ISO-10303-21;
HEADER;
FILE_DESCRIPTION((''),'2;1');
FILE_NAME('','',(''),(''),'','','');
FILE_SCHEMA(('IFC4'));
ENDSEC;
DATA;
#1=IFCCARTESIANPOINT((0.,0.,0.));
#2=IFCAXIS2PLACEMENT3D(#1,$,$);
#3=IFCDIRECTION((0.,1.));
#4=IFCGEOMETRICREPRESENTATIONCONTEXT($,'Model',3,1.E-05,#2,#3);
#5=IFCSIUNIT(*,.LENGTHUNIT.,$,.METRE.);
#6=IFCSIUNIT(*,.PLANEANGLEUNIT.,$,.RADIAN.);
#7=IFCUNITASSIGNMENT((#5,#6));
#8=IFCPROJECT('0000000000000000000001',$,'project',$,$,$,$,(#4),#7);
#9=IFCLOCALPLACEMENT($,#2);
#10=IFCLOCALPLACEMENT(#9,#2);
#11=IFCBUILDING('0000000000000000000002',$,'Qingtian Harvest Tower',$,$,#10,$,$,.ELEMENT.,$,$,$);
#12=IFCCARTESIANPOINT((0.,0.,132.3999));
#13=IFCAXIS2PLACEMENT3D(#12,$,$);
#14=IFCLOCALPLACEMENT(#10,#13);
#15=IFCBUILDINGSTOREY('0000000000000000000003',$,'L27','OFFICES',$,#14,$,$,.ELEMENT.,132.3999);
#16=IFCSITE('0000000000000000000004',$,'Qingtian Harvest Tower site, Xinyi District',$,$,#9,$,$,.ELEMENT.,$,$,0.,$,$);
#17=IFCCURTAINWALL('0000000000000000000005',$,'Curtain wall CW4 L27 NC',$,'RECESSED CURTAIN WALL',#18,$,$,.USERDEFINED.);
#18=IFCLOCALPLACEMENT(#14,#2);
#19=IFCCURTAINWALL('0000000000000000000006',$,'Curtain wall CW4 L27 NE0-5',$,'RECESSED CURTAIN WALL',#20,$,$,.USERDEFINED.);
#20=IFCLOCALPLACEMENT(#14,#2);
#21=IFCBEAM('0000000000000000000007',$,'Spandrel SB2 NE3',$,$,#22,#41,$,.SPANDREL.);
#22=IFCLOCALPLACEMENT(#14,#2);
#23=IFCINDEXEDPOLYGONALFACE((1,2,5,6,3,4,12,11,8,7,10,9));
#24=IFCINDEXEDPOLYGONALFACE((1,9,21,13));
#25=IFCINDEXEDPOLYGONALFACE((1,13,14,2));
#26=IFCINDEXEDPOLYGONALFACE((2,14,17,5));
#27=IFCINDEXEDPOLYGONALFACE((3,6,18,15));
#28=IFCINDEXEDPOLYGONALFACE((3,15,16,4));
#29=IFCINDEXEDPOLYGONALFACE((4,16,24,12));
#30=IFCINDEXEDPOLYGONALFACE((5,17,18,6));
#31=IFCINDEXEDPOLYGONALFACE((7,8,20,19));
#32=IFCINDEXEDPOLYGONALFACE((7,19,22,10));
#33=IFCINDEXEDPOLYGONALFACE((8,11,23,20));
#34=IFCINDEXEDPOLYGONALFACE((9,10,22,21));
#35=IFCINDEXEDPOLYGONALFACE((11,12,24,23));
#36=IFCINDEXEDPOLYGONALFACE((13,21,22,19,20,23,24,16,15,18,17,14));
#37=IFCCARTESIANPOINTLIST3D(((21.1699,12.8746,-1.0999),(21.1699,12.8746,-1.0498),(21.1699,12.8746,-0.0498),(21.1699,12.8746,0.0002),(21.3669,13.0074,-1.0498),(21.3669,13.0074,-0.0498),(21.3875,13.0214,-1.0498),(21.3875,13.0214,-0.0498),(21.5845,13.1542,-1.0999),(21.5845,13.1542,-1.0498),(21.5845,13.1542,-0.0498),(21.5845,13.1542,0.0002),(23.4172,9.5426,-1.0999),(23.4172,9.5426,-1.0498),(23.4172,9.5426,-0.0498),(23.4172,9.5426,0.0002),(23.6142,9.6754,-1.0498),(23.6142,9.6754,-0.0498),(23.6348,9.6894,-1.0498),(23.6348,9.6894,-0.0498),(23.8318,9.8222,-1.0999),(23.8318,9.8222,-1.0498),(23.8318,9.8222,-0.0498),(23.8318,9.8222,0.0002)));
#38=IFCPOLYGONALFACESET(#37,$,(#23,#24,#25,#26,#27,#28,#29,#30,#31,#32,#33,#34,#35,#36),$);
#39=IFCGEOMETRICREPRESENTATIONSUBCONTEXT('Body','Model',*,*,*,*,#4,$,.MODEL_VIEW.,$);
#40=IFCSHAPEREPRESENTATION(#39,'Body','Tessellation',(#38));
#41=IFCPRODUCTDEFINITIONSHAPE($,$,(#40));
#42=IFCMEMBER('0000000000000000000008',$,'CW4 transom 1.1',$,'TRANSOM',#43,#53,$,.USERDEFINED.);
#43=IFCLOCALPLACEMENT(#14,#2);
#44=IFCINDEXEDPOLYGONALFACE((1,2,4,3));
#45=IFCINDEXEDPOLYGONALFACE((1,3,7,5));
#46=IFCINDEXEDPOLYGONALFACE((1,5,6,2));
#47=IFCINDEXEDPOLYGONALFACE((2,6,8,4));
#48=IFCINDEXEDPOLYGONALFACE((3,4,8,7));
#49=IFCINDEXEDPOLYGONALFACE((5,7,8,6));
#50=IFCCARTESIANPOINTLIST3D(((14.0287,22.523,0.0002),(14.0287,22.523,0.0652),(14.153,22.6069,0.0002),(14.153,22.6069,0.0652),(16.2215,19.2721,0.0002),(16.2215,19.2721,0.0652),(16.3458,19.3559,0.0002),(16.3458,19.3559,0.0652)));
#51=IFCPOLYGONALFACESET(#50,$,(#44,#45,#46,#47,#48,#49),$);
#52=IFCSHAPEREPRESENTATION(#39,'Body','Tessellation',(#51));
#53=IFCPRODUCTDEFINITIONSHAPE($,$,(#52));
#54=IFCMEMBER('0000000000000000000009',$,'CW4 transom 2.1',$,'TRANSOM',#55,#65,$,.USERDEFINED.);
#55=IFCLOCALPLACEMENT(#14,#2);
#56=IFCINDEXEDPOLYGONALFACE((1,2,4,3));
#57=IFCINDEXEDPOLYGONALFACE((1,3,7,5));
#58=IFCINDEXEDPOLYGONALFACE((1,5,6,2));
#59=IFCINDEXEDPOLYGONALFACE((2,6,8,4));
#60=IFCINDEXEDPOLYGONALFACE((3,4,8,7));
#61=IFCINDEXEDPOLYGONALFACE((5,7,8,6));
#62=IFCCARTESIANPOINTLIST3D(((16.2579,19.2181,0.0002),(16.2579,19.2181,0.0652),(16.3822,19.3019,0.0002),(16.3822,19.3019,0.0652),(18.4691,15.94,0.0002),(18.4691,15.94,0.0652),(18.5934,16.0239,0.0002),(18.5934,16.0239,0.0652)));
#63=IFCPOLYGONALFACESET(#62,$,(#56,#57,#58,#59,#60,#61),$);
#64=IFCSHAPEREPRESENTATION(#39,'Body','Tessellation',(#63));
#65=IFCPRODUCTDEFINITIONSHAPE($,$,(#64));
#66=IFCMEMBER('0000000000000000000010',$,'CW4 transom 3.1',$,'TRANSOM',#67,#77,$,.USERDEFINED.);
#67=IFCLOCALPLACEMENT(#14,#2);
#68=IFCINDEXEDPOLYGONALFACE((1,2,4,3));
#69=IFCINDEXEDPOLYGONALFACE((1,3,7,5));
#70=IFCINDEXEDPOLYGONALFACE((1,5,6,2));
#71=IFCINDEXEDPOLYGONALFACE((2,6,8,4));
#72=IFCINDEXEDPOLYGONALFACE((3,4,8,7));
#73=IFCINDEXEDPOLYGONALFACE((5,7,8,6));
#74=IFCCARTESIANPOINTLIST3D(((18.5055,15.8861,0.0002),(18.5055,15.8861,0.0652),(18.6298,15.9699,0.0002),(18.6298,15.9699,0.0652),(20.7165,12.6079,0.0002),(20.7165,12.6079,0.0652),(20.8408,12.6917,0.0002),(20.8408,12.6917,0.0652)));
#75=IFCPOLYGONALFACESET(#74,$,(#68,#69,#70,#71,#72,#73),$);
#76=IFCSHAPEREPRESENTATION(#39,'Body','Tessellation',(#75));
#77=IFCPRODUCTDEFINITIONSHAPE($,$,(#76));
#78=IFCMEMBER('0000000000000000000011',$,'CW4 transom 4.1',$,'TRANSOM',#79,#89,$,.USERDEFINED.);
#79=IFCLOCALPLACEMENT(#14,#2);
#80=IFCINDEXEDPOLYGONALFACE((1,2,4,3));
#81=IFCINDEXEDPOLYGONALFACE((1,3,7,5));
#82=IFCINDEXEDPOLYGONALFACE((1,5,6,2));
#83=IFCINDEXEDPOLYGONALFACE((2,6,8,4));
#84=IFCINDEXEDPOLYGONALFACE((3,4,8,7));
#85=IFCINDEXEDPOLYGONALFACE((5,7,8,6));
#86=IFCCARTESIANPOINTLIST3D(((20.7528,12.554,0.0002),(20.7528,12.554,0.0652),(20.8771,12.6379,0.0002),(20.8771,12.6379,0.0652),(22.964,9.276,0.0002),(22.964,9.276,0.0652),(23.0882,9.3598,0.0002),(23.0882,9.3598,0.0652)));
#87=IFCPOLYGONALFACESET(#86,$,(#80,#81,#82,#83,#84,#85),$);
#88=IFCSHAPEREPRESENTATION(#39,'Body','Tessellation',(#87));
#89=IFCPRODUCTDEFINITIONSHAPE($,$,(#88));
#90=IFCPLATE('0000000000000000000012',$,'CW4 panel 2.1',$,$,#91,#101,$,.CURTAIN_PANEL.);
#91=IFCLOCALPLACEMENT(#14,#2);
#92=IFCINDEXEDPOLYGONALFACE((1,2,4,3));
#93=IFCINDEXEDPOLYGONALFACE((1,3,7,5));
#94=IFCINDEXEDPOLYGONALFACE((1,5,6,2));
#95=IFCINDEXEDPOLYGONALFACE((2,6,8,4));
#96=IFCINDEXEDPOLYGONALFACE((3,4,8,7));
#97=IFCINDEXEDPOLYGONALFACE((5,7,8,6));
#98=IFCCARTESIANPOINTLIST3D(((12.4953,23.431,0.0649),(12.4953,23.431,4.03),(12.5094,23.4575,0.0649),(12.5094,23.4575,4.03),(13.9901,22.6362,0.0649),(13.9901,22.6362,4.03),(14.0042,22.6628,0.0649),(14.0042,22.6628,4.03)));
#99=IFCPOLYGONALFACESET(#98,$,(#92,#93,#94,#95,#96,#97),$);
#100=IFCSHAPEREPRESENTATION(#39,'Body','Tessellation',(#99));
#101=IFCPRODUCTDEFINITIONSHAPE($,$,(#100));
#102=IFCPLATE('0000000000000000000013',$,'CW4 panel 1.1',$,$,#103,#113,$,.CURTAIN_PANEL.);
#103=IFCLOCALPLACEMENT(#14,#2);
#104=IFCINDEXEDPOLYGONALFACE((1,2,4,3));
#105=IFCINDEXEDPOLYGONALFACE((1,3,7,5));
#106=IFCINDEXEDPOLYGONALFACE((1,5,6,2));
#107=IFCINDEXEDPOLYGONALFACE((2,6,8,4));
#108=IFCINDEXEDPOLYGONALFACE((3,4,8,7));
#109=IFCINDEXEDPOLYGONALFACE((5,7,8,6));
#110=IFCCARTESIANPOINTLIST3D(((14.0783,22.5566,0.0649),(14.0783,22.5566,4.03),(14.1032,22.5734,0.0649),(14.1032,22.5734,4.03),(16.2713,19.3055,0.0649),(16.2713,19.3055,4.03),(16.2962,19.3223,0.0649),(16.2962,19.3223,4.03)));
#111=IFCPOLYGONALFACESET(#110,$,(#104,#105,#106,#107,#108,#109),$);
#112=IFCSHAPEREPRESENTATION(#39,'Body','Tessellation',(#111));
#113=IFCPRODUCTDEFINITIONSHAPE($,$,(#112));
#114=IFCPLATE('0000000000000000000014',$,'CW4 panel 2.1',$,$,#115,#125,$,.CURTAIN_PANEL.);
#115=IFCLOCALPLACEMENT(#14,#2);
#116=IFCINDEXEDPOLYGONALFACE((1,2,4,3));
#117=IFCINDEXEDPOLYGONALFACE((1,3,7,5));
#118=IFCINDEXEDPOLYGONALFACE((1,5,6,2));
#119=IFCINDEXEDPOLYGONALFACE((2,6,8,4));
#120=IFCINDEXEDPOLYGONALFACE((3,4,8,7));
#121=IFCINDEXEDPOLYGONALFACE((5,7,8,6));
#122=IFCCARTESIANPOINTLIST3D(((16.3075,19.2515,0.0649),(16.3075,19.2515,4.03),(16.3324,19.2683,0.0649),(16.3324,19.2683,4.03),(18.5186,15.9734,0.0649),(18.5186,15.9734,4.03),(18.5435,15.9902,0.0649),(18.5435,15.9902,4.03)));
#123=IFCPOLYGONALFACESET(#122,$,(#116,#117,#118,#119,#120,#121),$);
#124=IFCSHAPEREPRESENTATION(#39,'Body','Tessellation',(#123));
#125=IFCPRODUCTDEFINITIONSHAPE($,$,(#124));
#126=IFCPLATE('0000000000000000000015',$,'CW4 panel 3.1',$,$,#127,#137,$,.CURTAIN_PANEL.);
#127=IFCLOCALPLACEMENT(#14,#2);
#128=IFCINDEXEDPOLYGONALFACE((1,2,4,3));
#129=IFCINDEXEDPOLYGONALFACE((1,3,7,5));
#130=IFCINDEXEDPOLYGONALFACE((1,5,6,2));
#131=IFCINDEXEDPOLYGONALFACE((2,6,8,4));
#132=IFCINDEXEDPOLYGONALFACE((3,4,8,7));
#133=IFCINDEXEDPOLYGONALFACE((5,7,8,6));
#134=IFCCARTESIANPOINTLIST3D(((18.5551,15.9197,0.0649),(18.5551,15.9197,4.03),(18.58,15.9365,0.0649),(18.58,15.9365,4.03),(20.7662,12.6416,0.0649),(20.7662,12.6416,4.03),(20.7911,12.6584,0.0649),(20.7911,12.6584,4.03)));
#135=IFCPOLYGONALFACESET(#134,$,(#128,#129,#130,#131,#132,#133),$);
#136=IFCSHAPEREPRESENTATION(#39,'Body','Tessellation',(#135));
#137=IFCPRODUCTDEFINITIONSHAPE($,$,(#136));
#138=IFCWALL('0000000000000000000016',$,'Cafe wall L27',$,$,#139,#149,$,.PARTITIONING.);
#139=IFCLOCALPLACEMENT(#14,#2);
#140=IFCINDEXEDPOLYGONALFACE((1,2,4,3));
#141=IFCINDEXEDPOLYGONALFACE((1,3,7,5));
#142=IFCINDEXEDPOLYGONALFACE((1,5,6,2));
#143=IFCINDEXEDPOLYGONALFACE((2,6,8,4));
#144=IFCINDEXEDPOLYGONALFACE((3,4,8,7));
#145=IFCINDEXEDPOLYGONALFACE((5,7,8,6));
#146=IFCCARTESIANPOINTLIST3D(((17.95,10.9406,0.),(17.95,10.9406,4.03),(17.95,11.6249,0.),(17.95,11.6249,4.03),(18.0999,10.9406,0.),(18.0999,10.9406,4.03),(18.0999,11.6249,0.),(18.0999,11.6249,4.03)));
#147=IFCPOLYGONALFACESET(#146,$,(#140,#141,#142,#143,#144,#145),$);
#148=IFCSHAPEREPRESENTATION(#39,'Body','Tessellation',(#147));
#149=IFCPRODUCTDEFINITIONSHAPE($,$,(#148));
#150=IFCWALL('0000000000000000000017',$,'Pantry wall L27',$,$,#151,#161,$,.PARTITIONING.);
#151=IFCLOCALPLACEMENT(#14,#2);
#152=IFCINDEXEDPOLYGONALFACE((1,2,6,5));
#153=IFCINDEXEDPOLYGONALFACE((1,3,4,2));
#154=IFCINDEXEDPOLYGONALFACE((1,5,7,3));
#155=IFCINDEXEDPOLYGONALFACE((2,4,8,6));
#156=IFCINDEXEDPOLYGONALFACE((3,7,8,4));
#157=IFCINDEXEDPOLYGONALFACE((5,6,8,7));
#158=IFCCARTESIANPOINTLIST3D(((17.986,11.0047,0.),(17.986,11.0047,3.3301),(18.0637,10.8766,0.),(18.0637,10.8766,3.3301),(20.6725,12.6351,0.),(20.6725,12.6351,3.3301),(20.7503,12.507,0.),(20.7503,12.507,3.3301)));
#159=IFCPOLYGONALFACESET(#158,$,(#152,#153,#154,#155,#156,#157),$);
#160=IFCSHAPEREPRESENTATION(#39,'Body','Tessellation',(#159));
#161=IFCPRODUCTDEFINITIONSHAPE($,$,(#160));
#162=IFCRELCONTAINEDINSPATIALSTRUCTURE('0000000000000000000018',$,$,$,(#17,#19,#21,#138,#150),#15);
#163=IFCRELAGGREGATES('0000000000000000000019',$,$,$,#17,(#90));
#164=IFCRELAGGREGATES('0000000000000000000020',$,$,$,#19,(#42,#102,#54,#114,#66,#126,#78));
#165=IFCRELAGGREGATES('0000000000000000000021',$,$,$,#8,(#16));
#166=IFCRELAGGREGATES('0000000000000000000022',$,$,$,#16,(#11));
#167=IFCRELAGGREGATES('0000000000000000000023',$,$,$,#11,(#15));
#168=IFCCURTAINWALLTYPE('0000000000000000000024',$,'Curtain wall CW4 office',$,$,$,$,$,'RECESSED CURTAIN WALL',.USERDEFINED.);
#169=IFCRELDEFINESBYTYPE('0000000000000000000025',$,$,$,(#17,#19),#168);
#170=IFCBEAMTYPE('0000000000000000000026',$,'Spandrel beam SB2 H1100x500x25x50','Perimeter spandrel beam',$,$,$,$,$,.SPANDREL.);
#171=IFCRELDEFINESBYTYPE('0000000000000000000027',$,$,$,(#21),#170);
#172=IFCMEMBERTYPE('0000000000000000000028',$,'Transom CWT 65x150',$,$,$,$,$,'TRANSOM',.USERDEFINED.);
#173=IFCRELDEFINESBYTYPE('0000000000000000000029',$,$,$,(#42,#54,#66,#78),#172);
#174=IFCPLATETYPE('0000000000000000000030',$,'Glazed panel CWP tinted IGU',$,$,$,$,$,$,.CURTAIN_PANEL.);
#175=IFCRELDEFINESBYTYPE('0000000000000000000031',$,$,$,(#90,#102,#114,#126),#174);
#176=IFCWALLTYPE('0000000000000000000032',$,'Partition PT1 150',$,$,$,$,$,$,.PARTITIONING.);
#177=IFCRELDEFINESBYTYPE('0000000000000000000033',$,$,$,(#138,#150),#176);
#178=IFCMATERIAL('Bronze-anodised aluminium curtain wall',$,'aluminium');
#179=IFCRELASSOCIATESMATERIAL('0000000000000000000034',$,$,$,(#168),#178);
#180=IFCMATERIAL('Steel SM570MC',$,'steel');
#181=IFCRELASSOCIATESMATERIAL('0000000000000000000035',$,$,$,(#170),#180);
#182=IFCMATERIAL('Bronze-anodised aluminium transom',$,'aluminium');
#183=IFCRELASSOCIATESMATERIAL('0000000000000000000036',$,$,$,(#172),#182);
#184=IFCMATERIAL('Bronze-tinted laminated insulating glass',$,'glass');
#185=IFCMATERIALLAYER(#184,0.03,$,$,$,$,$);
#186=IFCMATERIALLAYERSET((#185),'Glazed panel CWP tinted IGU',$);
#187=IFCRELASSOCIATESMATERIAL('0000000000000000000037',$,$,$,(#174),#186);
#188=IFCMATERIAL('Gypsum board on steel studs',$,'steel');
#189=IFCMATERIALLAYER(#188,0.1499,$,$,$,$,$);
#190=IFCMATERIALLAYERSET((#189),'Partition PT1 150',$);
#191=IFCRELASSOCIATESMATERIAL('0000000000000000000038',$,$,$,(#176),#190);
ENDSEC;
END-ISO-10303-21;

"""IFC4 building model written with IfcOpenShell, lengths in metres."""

from ifc_helpers import new_model, si_unit, direction, frame, frame_2d, origin, origin_2d, place, context, subcontext, project, spatial, rectangle, i_section, extrude, material, layer, layer_set, material_profile, profile_set, type_object, element, aggregate, save


model = new_model("IFC4")

# Units and contexts
model_context = context("Model", 3, precision=1e-05, world=origin(), true_north=direction((0.0, 1.0)))
body_context = subcontext(model_context, "Body", "Model", "MODEL_VIEW")
ifc_project = project(units=[si_unit("LENGTHUNIT", "METRE"), si_unit("PLANEANGLEUNIT", "RADIAN")], contexts=[model_context])

# Site, building, storey
site_placement = place(None, origin())
site = spatial("IfcSite", under=ifc_project, at=site_placement, Name="Qingtian Harvest Tower site, Xinyi District", CompositionType="ELEMENT", RefElevation=0.0)
building_placement = place(site_placement, origin())
building = spatial("IfcBuilding", under=site, at=building_placement, Name="Qingtian Harvest Tower", CompositionType="ELEMENT")
storey_placement = place(building_placement, frame((0.0, 0.0, 132.3999)))
storey = spatial("IfcBuildingStorey", under=building, at=storey_placement, Name="L27", Description="OFFICES", CompositionType="ELEMENT", Elevation=132.3999)

# Curtain wall
ifc_material_1 = material(Name="Bronze-anodised aluminium curtain wall", Category="aluminium")
curtain_wall_type = type_object("IfcCurtainWallType", Name="Curtain wall CW4 office", ElementType="RECESSED CURTAIN WALL", PredefinedType="USERDEFINED", material=ifc_material_1)
curtain_wall_1_placement = place(storey_placement, origin())
curtain_wall_1 = element("IfcCurtainWall", 1, at=curtain_wall_1_placement, inside=storey, type_object=curtain_wall_type, Name="Curtain wall CW4 L27 NC", ObjectType="RECESSED CURTAIN WALL", PredefinedType="USERDEFINED")

# Curtain wall
curtain_wall_2_placement = place(storey_placement, origin())
curtain_wall_2 = element("IfcCurtainWall", 2, at=curtain_wall_2_placement, inside=storey, type_object=curtain_wall_type, Name="Curtain wall CW4 L27 NE0-5", ObjectType="RECESSED CURTAIN WALL", PredefinedType="USERDEFINED")

# Beam
ifc_material_2 = material(Name="Steel SM570MC", Category="steel")
ifc_material_profile_1 = material_profile(ifc_material_2, i_section(OverallWidth=0.5, OverallDepth=1.1001, WebThickness=0.0249, FlangeThickness=0.05, at=origin_2d()), Name="H1100x500x25x50")
ifc_profile_set_1 = profile_set([ifc_material_profile_1], Name="Steel SM570MC")
beam_type_1 = type_object("IfcBeamType", Name="Spandrel beam SB2 H1100x500x25x50", Description="Perimeter spandrel beam", PredefinedType="SPANDREL", material=ifc_profile_set_1)
beam_1_placement = place(storey_placement, frame((21.3772, 13.0144, -0.5498), z_axis=(0.559164, -0.829057, 0.0), x_axis=(0.829057, 0.559164, 0.0)))
element("IfcBeam", 3, at=beam_1_placement, inside=storey, type_object=beam_type_1, Name="Spandrel SB2 NE3", PredefinedType="SPANDREL", context=body_context, shape_type="SweptSolid", body=[
    extrude(i_section(OverallWidth=0.5, OverallDepth=1.1001, WebThickness=0.0249, FlangeThickness=0.05, at=origin_2d()), origin(), (0.0, 0.0, 1.0), 4.019),
])

# Members
ifc_material_3 = material(Name="Bronze-anodised aluminium transom", Category="aluminium")
ifc_material_profile_2 = material_profile(ifc_material_3, rectangle(XDim=0.1499, YDim=0.0649, at=origin_2d()), Name="AL 65x150")
ifc_profile_set_2 = profile_set([ifc_material_profile_2], Name="Bronze-anodised aluminium transom")
member_type_1 = type_object("IfcMemberType", Name="Transom CWT 65x150", ElementType="TRANSOM", PredefinedType="USERDEFINED", material=ifc_profile_set_2)
member_1_placement = place(storey_placement, frame((14.0908, 22.5649, 0.0327), z_axis=(0.559203, -0.829031, 0.0), x_axis=(0.829031, 0.559203, 0.0)))
member_1 = element("IfcMember", 4, at=member_1_placement, type_object=member_type_1, Name="CW4 transom 1.1", ObjectType="TRANSOM", PredefinedType="USERDEFINED", context=body_context, shape_type="SweptSolid", body=[
    extrude(rectangle(XDim=0.1499, YDim=0.0649, at=origin_2d()), origin(), (0.0, 0.0, 1.0), 3.9214),
])
member_2_placement = place(storey_placement, frame((16.3201, 19.26, 0.0327), z_axis=(0.559209, -0.829027, 0.0), x_axis=(0.829027, 0.559209, 0.0)))
member_2 = element("IfcMember", 5, at=member_2_placement, type_object=member_type_1, Name="CW4 transom 2.1", ObjectType="TRANSOM", PredefinedType="USERDEFINED", context=body_context, shape_type="SweptSolid", body=[
    extrude(rectangle(XDim=0.1499, YDim=0.0649, at=origin_2d()), origin(), (0.0, 0.0, 1.0), 3.9541),
])
member_3_placement = place(storey_placement, frame((18.5676, 15.928, 0.0327), z_axis=(0.559166, -0.829055, 0.0), x_axis=(0.829055, 0.559166, 0.0)))
member_3 = element("IfcMember", 6, at=member_3_placement, type_object=member_type_1, Name="CW4 transom 3.1", ObjectType="TRANSOM", PredefinedType="USERDEFINED", context=body_context, shape_type="SweptSolid", body=[
    extrude(rectangle(XDim=0.1499, YDim=0.0649, at=origin_2d()), origin(), (0.0, 0.0, 1.0), 3.9541),
])
member_4_placement = place(storey_placement, frame((20.8149, 12.5959, 0.0327), z_axis=(0.559209, -0.829027, 0.0), x_axis=(0.829027, 0.559209, 0.0)))
member_4 = element("IfcMember", 7, at=member_4_placement, type_object=member_type_1, Name="CW4 transom 4.1", ObjectType="TRANSOM", PredefinedType="USERDEFINED", context=body_context, shape_type="SweptSolid", body=[
    extrude(rectangle(XDim=0.1499, YDim=0.0649, at=origin_2d()), origin(), (0.0, 0.0, 1.0), 3.9541),
])

# Plates
ifc_material_4 = material(Name="Bronze-tinted laminated insulating glass", Category="glass")
ifc_layer_1 = layer(ifc_material_4, 0.03)
ifc_layer_set_1 = layer_set([ifc_layer_1], Name="Glazed panel CWP tinted IGU")
plate_type = type_object("IfcPlateType", Name="Glazed panel CWP tinted IGU", PredefinedType="CURTAIN_PANEL", material=ifc_layer_set_1)
plate_1_placement = place(storey_placement, frame((13.2498, 23.0469, 0.0649), z_axis=(0.0, 0.0, 1.0), x_axis=(0.882948, -0.469472, 0.0)))
plate_1 = element("IfcPlate", 8, at=plate_1_placement, type_object=plate_type, Name="CW4 panel 2.1", PredefinedType="CURTAIN_PANEL", context=body_context, shape_type="SweptSolid", body=[
    extrude(rectangle(XDim=1.6929, YDim=0.03, at=origin_2d()), origin(), (0.0, 0.0, 1.0), 3.9651),
])
aggregate(curtain_wall_1, [plate_1])
plate_2_placement = place(storey_placement, frame((15.1873, 20.9395, 0.0649), z_axis=(0.0, 0.0, 1.0), x_axis=(0.559193, -0.829038, 0.0)))
plate_2 = element("IfcPlate", 9, at=plate_2_placement, type_object=plate_type, Name="CW4 panel 1.1", PredefinedType="CURTAIN_PANEL", context=body_context, shape_type="SweptSolid", body=[
    extrude(rectangle(XDim=3.9216, YDim=0.03, at=origin_2d()), origin(), (0.0, 0.0, 1.0), 3.9651),
])
plate_3_placement = place(storey_placement, frame((17.4255, 17.6208, 0.0649), z_axis=(0.0, 0.0, 1.0), x_axis=(0.559193, -0.829038, 0.0)))
plate_3 = element("IfcPlate", 10, at=plate_3_placement, type_object=plate_type, Name="CW4 panel 2.1", PredefinedType="CURTAIN_PANEL", context=body_context, shape_type="SweptSolid", body=[
    extrude(rectangle(XDim=3.9541, YDim=0.03, at=origin_2d()), origin(), (0.0, 0.0, 1.0), 3.9651),
])
plate_4_placement = place(storey_placement, frame((19.6731, 14.2891, 0.0649), z_axis=(0.0, 0.0, 1.0), x_axis=(0.559193, -0.829038, 0.0)))
plate_4 = element("IfcPlate", 11, at=plate_4_placement, type_object=plate_type, Name="CW4 panel 3.1", PredefinedType="CURTAIN_PANEL", context=body_context, shape_type="SweptSolid", body=[
    extrude(rectangle(XDim=3.9541, YDim=0.03, at=origin_2d()), origin(), (0.0, 0.0, 1.0), 3.9651),
])
aggregate(curtain_wall_2, [member_1, plate_2, member_2, plate_3, member_3, plate_4, member_4])

# Walls
ifc_material_5 = material(Name="Gypsum board on steel studs", Category="steel")
ifc_layer_2 = layer(ifc_material_5, 0.1499)
ifc_layer_set_2 = layer_set([ifc_layer_2], Name="Partition PT1 150")
wall_type = type_object("IfcWallType", Name="Partition PT1 150", PredefinedType="PARTITIONING", material=ifc_layer_set_2)
wall_1_placement = place(storey_placement, frame((18.0249, 11.625, 0.0), z_axis=(0.0, 0.0, 1.0), x_axis=(0.0, -1.0, 0.0)))
element("IfcWall", 12, at=wall_1_placement, inside=storey, type_object=wall_type, Name="Cafe wall L27", PredefinedType="PARTITIONING", context=body_context, shape_type="SweptSolid", body=[
    extrude(rectangle(XDim=0.6843, YDim=0.1499, at=frame_2d((0.3423, 0.0))), origin(), (0.0, 0.0, 1.0), 4.03),
])
wall_2_placement = place(storey_placement, frame((20.7114, 12.571, 0.0), z_axis=(0.0, 0.0, 1.0), x_axis=(-0.854891, -0.518808, 0.0)))
element("IfcWall", 13, at=wall_2_placement, inside=storey, type_object=wall_type, Name="Pantry wall L27", PredefinedType="PARTITIONING", context=body_context, shape_type="SweptSolid", body=[
    extrude(rectangle(XDim=3.1426, YDim=0.1499, at=frame_2d((1.5713, 0.0))), origin(), (0.0, 0.0, 1.0), 3.3301),
])

save(model, "model.ifc")
